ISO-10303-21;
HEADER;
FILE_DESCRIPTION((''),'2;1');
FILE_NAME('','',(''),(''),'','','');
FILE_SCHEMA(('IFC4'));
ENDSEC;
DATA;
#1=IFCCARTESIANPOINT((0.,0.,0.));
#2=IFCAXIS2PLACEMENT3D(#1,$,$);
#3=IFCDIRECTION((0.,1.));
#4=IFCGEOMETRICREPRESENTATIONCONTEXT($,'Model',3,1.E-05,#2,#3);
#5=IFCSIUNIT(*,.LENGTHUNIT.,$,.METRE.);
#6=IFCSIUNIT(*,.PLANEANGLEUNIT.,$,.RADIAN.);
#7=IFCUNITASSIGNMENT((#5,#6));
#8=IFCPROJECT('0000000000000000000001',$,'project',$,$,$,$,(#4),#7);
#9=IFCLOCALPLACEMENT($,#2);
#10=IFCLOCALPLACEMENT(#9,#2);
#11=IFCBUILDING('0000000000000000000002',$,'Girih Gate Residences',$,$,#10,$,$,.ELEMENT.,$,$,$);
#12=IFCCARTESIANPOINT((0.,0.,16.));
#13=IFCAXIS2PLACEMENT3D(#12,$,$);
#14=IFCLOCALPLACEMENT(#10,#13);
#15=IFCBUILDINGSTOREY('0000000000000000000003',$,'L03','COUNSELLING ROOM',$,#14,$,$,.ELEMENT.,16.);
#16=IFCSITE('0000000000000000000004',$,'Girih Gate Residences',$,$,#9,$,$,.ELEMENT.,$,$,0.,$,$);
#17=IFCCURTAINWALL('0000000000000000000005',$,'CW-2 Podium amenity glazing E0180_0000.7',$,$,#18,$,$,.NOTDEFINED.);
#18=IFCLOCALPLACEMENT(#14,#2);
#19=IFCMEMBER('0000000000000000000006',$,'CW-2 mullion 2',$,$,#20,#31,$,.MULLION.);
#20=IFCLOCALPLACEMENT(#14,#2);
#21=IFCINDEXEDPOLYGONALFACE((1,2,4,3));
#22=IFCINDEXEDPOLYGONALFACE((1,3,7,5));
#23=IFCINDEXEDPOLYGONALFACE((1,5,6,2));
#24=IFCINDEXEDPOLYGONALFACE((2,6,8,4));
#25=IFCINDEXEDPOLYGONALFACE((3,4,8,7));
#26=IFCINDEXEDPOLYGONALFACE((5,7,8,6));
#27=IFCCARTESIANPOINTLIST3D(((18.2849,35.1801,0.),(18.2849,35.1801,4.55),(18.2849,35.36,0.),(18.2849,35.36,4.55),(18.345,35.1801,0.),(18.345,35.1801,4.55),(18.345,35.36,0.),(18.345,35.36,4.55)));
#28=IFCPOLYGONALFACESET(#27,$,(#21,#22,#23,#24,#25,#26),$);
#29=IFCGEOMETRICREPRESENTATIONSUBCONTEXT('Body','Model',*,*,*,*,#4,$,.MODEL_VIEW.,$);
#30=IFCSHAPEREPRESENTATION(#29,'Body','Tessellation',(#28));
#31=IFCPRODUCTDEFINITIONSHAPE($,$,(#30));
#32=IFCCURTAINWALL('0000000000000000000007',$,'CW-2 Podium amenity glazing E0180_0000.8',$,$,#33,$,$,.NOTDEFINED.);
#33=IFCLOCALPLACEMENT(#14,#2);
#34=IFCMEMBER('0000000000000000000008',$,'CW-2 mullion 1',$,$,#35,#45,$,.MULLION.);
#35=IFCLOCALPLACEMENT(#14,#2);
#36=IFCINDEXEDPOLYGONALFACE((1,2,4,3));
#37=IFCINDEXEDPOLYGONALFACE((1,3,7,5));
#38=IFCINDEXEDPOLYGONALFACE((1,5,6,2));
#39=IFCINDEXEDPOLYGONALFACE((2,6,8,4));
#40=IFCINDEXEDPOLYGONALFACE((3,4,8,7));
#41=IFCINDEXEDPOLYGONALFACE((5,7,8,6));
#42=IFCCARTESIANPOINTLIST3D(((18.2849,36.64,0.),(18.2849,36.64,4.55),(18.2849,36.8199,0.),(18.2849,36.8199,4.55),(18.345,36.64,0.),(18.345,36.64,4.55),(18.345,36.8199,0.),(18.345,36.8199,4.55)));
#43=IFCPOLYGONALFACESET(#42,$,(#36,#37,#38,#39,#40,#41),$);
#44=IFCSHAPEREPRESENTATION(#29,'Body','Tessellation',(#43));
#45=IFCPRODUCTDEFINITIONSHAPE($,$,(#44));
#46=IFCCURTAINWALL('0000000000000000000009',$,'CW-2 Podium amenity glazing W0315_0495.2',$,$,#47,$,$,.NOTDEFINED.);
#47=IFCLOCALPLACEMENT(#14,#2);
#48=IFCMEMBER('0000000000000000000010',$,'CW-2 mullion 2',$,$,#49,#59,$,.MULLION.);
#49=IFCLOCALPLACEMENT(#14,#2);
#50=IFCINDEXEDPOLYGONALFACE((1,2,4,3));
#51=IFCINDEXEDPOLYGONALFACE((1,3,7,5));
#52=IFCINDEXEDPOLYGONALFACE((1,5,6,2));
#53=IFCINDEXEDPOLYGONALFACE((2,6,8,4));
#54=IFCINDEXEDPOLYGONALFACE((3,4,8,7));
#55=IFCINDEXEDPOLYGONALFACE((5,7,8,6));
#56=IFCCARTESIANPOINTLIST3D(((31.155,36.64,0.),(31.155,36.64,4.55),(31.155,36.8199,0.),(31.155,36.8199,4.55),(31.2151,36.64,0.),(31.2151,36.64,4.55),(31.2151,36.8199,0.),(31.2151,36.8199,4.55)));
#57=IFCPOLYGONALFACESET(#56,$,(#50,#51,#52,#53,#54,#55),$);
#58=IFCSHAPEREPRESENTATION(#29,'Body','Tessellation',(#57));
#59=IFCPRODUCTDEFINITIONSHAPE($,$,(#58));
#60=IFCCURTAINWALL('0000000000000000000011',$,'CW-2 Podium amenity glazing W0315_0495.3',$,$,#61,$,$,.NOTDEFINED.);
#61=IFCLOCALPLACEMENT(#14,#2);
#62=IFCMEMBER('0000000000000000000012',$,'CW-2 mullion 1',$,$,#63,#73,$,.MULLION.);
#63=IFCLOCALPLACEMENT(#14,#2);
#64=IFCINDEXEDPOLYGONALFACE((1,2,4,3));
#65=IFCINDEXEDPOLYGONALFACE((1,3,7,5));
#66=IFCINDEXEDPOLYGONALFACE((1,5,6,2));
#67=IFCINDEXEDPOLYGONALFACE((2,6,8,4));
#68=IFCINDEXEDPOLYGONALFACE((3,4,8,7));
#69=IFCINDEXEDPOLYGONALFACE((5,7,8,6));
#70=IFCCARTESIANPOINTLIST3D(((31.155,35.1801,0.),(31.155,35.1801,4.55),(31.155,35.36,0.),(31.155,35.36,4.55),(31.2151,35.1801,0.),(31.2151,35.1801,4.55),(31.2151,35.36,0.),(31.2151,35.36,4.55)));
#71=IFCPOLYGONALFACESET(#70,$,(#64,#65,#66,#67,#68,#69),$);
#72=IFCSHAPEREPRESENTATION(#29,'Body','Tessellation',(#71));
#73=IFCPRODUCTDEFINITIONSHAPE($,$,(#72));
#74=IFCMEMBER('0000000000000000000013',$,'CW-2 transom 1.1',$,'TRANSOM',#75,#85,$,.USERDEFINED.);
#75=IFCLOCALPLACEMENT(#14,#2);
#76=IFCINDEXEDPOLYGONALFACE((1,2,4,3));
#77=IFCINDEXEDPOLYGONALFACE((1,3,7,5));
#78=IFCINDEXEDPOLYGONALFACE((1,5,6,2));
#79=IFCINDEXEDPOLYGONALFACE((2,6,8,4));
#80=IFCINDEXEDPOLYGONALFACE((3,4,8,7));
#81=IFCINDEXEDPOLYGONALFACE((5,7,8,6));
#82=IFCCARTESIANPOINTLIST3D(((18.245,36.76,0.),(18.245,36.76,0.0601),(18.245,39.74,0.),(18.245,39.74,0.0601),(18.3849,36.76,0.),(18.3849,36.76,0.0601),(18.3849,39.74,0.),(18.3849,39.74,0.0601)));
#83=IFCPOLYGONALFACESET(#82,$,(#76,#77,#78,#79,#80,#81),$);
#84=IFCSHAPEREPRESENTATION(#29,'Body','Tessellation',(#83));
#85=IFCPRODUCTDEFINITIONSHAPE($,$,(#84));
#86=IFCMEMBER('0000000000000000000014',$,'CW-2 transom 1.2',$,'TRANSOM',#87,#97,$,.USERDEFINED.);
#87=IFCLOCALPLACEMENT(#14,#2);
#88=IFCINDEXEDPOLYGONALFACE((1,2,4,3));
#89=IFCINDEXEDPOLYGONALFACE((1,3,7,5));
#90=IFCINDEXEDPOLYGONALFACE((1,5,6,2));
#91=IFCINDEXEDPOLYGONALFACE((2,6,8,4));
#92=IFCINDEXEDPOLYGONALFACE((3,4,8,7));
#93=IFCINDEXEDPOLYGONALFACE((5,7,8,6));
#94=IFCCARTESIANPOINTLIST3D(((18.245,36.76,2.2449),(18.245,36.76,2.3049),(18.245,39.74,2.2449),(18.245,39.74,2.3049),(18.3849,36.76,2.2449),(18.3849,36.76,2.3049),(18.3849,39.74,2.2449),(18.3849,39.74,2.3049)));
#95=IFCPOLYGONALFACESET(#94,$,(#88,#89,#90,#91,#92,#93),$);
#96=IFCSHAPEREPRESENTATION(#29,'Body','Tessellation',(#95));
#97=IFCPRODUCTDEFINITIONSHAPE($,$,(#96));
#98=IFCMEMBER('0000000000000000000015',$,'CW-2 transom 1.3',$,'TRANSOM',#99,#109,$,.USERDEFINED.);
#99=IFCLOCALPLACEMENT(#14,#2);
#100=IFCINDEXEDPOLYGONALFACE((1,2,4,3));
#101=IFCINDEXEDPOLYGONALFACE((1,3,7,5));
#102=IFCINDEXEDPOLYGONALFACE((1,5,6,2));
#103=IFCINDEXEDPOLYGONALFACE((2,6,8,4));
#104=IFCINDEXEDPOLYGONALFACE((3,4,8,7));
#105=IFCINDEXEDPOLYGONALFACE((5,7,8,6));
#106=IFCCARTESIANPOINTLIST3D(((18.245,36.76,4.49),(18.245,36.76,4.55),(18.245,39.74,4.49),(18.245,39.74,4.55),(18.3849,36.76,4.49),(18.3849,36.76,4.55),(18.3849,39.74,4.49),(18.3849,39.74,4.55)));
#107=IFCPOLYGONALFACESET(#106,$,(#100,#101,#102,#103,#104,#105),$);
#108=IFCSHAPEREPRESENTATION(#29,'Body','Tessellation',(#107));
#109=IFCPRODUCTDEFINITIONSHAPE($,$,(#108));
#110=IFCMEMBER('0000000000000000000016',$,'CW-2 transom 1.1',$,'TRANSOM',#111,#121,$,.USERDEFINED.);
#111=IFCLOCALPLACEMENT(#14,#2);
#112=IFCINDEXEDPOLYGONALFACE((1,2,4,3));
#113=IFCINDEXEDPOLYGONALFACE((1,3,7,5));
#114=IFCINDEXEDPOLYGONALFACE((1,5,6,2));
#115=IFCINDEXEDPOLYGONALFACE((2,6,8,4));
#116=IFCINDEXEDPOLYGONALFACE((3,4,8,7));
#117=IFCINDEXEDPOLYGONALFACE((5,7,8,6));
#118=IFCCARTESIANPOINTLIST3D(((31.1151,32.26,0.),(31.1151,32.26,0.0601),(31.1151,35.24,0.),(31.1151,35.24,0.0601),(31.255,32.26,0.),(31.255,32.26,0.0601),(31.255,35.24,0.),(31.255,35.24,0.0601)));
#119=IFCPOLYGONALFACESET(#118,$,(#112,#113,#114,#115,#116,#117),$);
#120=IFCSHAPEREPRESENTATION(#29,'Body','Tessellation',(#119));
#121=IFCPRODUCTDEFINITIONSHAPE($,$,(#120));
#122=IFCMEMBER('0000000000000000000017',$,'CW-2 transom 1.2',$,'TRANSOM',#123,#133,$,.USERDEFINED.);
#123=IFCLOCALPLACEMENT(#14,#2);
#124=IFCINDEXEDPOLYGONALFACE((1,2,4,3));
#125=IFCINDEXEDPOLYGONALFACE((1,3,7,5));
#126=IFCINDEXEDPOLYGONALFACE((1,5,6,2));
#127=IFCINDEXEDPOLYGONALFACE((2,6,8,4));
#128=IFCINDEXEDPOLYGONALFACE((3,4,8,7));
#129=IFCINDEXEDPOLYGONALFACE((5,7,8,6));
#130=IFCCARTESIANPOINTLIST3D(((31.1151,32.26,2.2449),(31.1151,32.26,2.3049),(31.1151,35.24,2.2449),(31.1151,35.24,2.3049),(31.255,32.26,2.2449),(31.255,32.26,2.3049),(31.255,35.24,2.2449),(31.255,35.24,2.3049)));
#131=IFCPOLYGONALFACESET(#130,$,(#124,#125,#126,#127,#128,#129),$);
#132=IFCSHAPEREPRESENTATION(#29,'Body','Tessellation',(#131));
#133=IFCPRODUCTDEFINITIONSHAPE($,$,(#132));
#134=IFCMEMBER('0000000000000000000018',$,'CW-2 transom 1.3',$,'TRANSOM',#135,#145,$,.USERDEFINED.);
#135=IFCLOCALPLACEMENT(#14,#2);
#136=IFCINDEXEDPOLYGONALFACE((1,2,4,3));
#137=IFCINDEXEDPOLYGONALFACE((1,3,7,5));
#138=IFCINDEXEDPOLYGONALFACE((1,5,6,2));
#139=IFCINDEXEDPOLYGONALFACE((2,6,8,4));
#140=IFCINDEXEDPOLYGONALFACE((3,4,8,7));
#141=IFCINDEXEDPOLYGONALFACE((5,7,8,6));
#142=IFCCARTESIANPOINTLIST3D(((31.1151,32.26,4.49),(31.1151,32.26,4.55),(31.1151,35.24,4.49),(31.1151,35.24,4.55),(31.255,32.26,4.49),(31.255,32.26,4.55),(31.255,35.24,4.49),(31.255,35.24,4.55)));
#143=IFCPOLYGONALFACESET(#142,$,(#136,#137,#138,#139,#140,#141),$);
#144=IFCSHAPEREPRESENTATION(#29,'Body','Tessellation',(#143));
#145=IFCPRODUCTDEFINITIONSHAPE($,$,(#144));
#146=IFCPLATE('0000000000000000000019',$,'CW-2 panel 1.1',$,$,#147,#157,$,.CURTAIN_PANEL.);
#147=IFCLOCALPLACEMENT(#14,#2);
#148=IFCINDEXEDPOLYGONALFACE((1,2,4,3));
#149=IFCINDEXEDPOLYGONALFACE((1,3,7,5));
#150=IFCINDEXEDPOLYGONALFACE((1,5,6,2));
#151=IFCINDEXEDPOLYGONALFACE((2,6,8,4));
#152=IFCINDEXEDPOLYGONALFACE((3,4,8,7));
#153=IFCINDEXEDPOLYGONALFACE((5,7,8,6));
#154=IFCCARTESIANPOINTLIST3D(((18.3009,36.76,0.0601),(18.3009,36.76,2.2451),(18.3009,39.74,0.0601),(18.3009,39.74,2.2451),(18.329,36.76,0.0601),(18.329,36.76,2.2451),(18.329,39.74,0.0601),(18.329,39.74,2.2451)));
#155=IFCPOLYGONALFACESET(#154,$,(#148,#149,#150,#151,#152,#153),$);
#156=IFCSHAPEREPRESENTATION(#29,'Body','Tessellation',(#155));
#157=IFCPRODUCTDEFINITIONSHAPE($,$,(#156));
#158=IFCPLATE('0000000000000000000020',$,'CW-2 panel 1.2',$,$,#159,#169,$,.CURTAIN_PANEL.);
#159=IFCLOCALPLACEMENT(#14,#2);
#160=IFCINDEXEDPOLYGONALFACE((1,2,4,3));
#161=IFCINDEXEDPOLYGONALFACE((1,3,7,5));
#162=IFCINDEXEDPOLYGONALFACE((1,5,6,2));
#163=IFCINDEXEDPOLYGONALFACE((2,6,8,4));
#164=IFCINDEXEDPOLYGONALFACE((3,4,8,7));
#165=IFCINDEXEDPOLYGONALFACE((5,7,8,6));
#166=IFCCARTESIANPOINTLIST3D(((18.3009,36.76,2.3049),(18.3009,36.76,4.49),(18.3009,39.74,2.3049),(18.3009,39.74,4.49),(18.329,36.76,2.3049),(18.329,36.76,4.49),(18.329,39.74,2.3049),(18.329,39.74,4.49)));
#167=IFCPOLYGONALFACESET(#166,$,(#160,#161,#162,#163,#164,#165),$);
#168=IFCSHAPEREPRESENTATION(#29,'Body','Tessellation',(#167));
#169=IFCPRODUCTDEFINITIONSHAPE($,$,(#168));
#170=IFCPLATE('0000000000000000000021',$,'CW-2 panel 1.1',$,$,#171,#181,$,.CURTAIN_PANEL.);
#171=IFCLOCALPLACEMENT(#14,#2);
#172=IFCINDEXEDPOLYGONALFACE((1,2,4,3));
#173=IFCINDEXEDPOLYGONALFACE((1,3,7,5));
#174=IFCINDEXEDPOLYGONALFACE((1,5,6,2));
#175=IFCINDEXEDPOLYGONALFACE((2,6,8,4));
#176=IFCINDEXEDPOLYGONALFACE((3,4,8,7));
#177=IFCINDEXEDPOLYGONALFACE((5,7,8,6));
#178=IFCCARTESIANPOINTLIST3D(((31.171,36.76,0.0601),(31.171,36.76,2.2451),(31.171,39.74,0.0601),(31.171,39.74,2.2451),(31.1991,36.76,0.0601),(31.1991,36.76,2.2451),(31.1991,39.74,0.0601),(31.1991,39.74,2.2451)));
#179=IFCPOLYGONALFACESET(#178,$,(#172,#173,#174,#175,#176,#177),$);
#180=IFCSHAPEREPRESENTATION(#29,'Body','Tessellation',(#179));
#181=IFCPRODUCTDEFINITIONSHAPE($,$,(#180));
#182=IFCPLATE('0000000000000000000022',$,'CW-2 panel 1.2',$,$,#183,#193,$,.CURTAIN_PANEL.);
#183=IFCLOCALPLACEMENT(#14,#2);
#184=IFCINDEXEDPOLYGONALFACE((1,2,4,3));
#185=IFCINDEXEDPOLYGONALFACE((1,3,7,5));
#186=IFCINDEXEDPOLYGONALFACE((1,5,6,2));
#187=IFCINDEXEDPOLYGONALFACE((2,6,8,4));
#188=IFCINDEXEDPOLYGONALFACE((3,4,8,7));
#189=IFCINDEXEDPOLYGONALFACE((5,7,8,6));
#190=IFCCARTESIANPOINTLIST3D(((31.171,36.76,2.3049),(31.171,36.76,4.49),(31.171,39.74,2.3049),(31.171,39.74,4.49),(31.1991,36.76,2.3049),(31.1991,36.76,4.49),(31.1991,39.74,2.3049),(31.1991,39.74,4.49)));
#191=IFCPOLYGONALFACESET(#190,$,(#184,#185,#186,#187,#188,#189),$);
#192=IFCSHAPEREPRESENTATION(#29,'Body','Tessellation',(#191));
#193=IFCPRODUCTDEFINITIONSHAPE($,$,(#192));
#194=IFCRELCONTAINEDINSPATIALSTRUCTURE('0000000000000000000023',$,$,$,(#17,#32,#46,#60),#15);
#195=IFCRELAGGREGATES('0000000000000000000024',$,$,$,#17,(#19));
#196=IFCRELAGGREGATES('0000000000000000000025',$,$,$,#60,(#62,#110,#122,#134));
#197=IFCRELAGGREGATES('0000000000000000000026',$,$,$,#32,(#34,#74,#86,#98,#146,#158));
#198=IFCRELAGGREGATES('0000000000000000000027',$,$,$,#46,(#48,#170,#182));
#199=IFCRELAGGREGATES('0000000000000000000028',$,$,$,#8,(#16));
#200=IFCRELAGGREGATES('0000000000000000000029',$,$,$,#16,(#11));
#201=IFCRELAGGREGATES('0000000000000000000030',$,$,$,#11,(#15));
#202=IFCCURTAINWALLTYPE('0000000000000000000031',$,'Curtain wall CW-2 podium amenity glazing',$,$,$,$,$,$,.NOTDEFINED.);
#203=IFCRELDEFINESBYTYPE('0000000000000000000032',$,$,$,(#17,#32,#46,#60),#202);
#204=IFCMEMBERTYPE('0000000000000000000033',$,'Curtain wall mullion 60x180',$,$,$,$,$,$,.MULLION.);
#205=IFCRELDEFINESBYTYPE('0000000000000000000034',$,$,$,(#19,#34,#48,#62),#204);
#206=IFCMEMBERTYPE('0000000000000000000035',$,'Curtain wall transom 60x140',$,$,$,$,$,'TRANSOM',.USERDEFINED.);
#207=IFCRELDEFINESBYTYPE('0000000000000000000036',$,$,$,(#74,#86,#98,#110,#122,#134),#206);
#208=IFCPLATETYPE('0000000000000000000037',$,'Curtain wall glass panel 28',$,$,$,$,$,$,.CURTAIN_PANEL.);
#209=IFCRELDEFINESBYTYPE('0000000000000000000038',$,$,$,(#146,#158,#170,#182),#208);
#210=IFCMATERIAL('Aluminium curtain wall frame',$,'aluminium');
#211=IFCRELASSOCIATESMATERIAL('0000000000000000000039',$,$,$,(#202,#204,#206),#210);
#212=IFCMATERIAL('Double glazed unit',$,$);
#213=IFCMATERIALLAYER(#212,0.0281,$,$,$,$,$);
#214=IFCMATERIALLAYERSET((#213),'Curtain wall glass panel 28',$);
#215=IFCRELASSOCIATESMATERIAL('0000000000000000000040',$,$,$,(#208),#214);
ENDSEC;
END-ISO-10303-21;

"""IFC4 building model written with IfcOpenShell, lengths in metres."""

from ifc_helpers import new_model, si_unit, direction, frame, origin, origin_2d, place, context, subcontext, project, spatial, rectangle, extrude, material, layer, layer_set, material_profile, profile_set, type_object, element, aggregate, save


model = new_model("IFC4")

# Units and contexts
model_context = context("Model", 3, precision=1e-05, world=origin(), true_north=direction((0.0, 1.0)))
body_context = subcontext(model_context, "Body", "Model", "MODEL_VIEW")
ifc_project = project(units=[si_unit("LENGTHUNIT", "METRE"), si_unit("PLANEANGLEUNIT", "RADIAN")], contexts=[model_context])

# Site, building, storey
site_placement = place(None, origin())
site = spatial("IfcSite", under=ifc_project, at=site_placement, Name="Girih Gate Residences", CompositionType="ELEMENT", RefElevation=0.0)
building_placement = place(site_placement, origin())
building = spatial("IfcBuilding", under=site, at=building_placement, Name="Girih Gate Residences", CompositionType="ELEMENT")
storey_placement = place(building_placement, frame((0.0, 0.0, 16.0)))
storey = spatial("IfcBuildingStorey", under=building, at=storey_placement, Name="L03", Description="COUNSELLING ROOM", CompositionType="ELEMENT", Elevation=16.0)

# Curtain walls, members
ifc_material_1 = material(Name="Aluminium curtain wall frame", Category="aluminium")
curtain_wall_type = type_object("IfcCurtainWallType", Name="Curtain wall CW-2 podium amenity glazing", PredefinedType="NOTDEFINED", material=ifc_material_1)
curtain_wall_1_placement = place(storey_placement, origin())
curtain_wall_1 = element("IfcCurtainWall", 1, at=curtain_wall_1_placement, inside=storey, type_object=curtain_wall_type, Name="CW-2 Podium amenity glazing E0180_0000.7", PredefinedType="NOTDEFINED")
ifc_material_profile_1 = material_profile(ifc_material_1, rectangle(XDim=0.0601, YDim=0.1799, at=origin_2d()))
ifc_profile_set_1 = profile_set([ifc_material_profile_1], Name="Aluminium curtain wall frame")
member_type_1 = type_object("IfcMemberType", Name="Curtain wall mullion 60x180", PredefinedType="MULLION", material=ifc_profile_set_1)
member_1_placement = place(storey_placement, frame((18.3149, 35.27, 0.0), z_axis=(0.0, 0.0, 1.0), x_axis=(-1.0, 0.0, 0.0)))
member_1 = element("IfcMember", 2, at=member_1_placement, type_object=member_type_1, Name="CW-2 mullion 2", PredefinedType="MULLION", context=body_context, shape_type="SweptSolid", body=[
    extrude(rectangle(XDim=0.0601, YDim=0.1799, at=origin_2d()), origin(), (0.0, 0.0, 1.0), 4.55),
])
aggregate(curtain_wall_1, [member_1])
curtain_wall_2_placement = place(storey_placement, origin())
curtain_wall_2 = element("IfcCurtainWall", 3, at=curtain_wall_2_placement, inside=storey, type_object=curtain_wall_type, Name="CW-2 Podium amenity glazing E0180_0000.8", PredefinedType="NOTDEFINED")
member_2_placement = place(storey_placement, frame((18.3149, 36.73, 0.0), z_axis=(0.0, 0.0, 1.0), x_axis=(-1.0, 0.0, 0.0)))
member_2 = element("IfcMember", 4, at=member_2_placement, type_object=member_type_1, Name="CW-2 mullion 1", PredefinedType="MULLION", context=body_context, shape_type="SweptSolid", body=[
    extrude(rectangle(XDim=0.0601, YDim=0.1799, at=origin_2d()), origin(), (0.0, 0.0, 1.0), 4.55),
])
curtain_wall_3_placement = place(storey_placement, origin())
curtain_wall_3 = element("IfcCurtainWall", 5, at=curtain_wall_3_placement, inside=storey, type_object=curtain_wall_type, Name="CW-2 Podium amenity glazing W0315_0495.2", PredefinedType="NOTDEFINED")
member_3_placement = place(storey_placement, frame((31.1851, 36.73, 0.0), z_axis=(0.0, 0.0, 1.0), x_axis=(1.0, 0.0, 0.0)))
member_3 = element("IfcMember", 6, at=member_3_placement, type_object=member_type_1, Name="CW-2 mullion 2", PredefinedType="MULLION", context=body_context, shape_type="SweptSolid", body=[
    extrude(rectangle(XDim=0.0601, YDim=0.1799, at=origin_2d()), origin(), (0.0, 0.0, 1.0), 4.55),
])
curtain_wall_4_placement = place(storey_placement, origin())
curtain_wall_4 = element("IfcCurtainWall", 7, at=curtain_wall_4_placement, inside=storey, type_object=curtain_wall_type, Name="CW-2 Podium amenity glazing W0315_0495.3", PredefinedType="NOTDEFINED")
member_4_placement = place(storey_placement, frame((31.1851, 35.27, 0.0), z_axis=(0.0, 0.0, 1.0), x_axis=(1.0, 0.0, 0.0)))
member_4 = element("IfcMember", 8, at=member_4_placement, type_object=member_type_1, Name="CW-2 mullion 1", PredefinedType="MULLION", context=body_context, shape_type="SweptSolid", body=[
    extrude(rectangle(XDim=0.0601, YDim=0.1799, at=origin_2d()), origin(), (0.0, 0.0, 1.0), 4.55),
])

# Members
ifc_material_profile_2 = material_profile(ifc_material_1, rectangle(XDim=0.1399, YDim=0.0601, at=origin_2d()))
ifc_profile_set_2 = profile_set([ifc_material_profile_2], Name="Aluminium curtain wall frame")
member_type_2 = type_object("IfcMemberType", Name="Curtain wall transom 60x140", ElementType="TRANSOM", PredefinedType="USERDEFINED", material=ifc_profile_set_2)
member_5_placement = place(storey_placement, frame((18.3149, 36.76, 0.03), z_axis=(0.0, 1.0, 0.0), x_axis=(-1.0, 0.0, 0.0)))
member_5 = element("IfcMember", 9, at=member_5_placement, type_object=member_type_2, Name="CW-2 transom 1.1", ObjectType="TRANSOM", PredefinedType="USERDEFINED", context=body_context, shape_type="SweptSolid", body=[
    extrude(rectangle(XDim=0.1399, YDim=0.0601, at=origin_2d()), origin(), (0.0, 0.0, 1.0), 2.98),
])
member_6_placement = place(storey_placement, frame((18.3149, 36.76, 2.2749), z_axis=(0.0, 1.0, 0.0), x_axis=(-1.0, 0.0, 0.0)))
member_6 = element("IfcMember", 10, at=member_6_placement, type_object=member_type_2, Name="CW-2 transom 1.2", ObjectType="TRANSOM", PredefinedType="USERDEFINED", context=body_context, shape_type="SweptSolid", body=[
    extrude(rectangle(XDim=0.1399, YDim=0.0601, at=origin_2d()), origin(), (0.0, 0.0, 1.0), 2.98),
])
member_7_placement = place(storey_placement, frame((18.3149, 36.76, 4.52), z_axis=(0.0, 1.0, 0.0), x_axis=(-1.0, 0.0, 0.0)))
member_7 = element("IfcMember", 11, at=member_7_placement, type_object=member_type_2, Name="CW-2 transom 1.3", ObjectType="TRANSOM", PredefinedType="USERDEFINED", context=body_context, shape_type="SweptSolid", body=[
    extrude(rectangle(XDim=0.1399, YDim=0.0601, at=origin_2d()), origin(), (0.0, 0.0, 1.0), 2.98),
])
member_8_placement = place(storey_placement, frame((31.1851, 35.24, 0.03), z_axis=(0.0, -1.0, 0.0), x_axis=(1.0, 0.0, 0.0)))
member_8 = element("IfcMember", 12, at=member_8_placement, type_object=member_type_2, Name="CW-2 transom 1.1", ObjectType="TRANSOM", PredefinedType="USERDEFINED", context=body_context, shape_type="SweptSolid", body=[
    extrude(rectangle(XDim=0.1399, YDim=0.0601, at=origin_2d()), origin(), (0.0, 0.0, 1.0), 2.98),
])
member_9_placement = place(storey_placement, frame((31.1851, 35.24, 2.2749), z_axis=(0.0, -1.0, 0.0), x_axis=(1.0, 0.0, 0.0)))
member_9 = element("IfcMember", 13, at=member_9_placement, type_object=member_type_2, Name="CW-2 transom 1.2", ObjectType="TRANSOM", PredefinedType="USERDEFINED", context=body_context, shape_type="SweptSolid", body=[
    extrude(rectangle(XDim=0.1399, YDim=0.0601, at=origin_2d()), origin(), (0.0, 0.0, 1.0), 2.98),
])
member_10_placement = place(storey_placement, frame((31.1851, 35.24, 4.52), z_axis=(0.0, -1.0, 0.0), x_axis=(1.0, 0.0, 0.0)))
member_10 = element("IfcMember", 14, at=member_10_placement, type_object=member_type_2, Name="CW-2 transom 1.3", ObjectType="TRANSOM", PredefinedType="USERDEFINED", context=body_context, shape_type="SweptSolid", body=[
    extrude(rectangle(XDim=0.1399, YDim=0.0601, at=origin_2d()), origin(), (0.0, 0.0, 1.0), 2.98),
])
aggregate(curtain_wall_4, [member_4, member_8, member_9, member_10])

# Plates
ifc_material_2 = material(Name="Double glazed unit")
ifc_layer_1 = layer(ifc_material_2, 0.0281)
ifc_layer_set_1 = layer_set([ifc_layer_1], Name="Curtain wall glass panel 28")
plate_type = type_object("IfcPlateType", Name="Curtain wall glass panel 28", PredefinedType="CURTAIN_PANEL", material=ifc_layer_set_1)
plate_1_placement = place(storey_placement, frame((18.3149, 38.25, 0.0601), z_axis=(0.0, 0.0, 1.0), x_axis=(0.0, 1.0, 0.0)))
plate_1 = element("IfcPlate", 15, at=plate_1_placement, type_object=plate_type, Name="CW-2 panel 1.1", PredefinedType="CURTAIN_PANEL", context=body_context, shape_type="SweptSolid", body=[
    extrude(rectangle(XDim=2.98, YDim=0.0281, at=origin_2d()), origin(), (0.0, 0.0, 1.0), 2.1851),
])
plate_2_placement = place(storey_placement, frame((18.3149, 38.25, 2.3049), z_axis=(0.0, 0.0, 1.0), x_axis=(0.0, 1.0, 0.0)))
plate_2 = element("IfcPlate", 16, at=plate_2_placement, type_object=plate_type, Name="CW-2 panel 1.2", PredefinedType="CURTAIN_PANEL", context=body_context, shape_type="SweptSolid", body=[
    extrude(rectangle(XDim=2.98, YDim=0.0281, at=origin_2d()), origin(), (0.0, 0.0, 1.0), 2.1851),
])
aggregate(curtain_wall_2, [member_2, member_5, member_6, member_7, plate_1, plate_2])
plate_3_placement = place(storey_placement, frame((31.1851, 38.25, 0.0601), z_axis=(0.0, 0.0, 1.0), x_axis=(0.0, -1.0, 0.0)))
plate_3 = element("IfcPlate", 17, at=plate_3_placement, type_object=plate_type, Name="CW-2 panel 1.1", PredefinedType="CURTAIN_PANEL", context=body_context, shape_type="SweptSolid", body=[
    extrude(rectangle(XDim=2.98, YDim=0.0281, at=origin_2d()), origin(), (0.0, 0.0, 1.0), 2.1851),
])
plate_4_placement = place(storey_placement, frame((31.1851, 38.25, 2.3049), z_axis=(0.0, 0.0, 1.0), x_axis=(0.0, -1.0, 0.0)))
plate_4 = element("IfcPlate", 18, at=plate_4_placement, type_object=plate_type, Name="CW-2 panel 1.2", PredefinedType="CURTAIN_PANEL", context=body_context, shape_type="SweptSolid", body=[
    extrude(rectangle(XDim=2.98, YDim=0.0281, at=origin_2d()), origin(), (0.0, 0.0, 1.0), 2.1851),
])
aggregate(curtain_wall_3, [member_3, plate_3, plate_4])

save(model, "model.ifc")
